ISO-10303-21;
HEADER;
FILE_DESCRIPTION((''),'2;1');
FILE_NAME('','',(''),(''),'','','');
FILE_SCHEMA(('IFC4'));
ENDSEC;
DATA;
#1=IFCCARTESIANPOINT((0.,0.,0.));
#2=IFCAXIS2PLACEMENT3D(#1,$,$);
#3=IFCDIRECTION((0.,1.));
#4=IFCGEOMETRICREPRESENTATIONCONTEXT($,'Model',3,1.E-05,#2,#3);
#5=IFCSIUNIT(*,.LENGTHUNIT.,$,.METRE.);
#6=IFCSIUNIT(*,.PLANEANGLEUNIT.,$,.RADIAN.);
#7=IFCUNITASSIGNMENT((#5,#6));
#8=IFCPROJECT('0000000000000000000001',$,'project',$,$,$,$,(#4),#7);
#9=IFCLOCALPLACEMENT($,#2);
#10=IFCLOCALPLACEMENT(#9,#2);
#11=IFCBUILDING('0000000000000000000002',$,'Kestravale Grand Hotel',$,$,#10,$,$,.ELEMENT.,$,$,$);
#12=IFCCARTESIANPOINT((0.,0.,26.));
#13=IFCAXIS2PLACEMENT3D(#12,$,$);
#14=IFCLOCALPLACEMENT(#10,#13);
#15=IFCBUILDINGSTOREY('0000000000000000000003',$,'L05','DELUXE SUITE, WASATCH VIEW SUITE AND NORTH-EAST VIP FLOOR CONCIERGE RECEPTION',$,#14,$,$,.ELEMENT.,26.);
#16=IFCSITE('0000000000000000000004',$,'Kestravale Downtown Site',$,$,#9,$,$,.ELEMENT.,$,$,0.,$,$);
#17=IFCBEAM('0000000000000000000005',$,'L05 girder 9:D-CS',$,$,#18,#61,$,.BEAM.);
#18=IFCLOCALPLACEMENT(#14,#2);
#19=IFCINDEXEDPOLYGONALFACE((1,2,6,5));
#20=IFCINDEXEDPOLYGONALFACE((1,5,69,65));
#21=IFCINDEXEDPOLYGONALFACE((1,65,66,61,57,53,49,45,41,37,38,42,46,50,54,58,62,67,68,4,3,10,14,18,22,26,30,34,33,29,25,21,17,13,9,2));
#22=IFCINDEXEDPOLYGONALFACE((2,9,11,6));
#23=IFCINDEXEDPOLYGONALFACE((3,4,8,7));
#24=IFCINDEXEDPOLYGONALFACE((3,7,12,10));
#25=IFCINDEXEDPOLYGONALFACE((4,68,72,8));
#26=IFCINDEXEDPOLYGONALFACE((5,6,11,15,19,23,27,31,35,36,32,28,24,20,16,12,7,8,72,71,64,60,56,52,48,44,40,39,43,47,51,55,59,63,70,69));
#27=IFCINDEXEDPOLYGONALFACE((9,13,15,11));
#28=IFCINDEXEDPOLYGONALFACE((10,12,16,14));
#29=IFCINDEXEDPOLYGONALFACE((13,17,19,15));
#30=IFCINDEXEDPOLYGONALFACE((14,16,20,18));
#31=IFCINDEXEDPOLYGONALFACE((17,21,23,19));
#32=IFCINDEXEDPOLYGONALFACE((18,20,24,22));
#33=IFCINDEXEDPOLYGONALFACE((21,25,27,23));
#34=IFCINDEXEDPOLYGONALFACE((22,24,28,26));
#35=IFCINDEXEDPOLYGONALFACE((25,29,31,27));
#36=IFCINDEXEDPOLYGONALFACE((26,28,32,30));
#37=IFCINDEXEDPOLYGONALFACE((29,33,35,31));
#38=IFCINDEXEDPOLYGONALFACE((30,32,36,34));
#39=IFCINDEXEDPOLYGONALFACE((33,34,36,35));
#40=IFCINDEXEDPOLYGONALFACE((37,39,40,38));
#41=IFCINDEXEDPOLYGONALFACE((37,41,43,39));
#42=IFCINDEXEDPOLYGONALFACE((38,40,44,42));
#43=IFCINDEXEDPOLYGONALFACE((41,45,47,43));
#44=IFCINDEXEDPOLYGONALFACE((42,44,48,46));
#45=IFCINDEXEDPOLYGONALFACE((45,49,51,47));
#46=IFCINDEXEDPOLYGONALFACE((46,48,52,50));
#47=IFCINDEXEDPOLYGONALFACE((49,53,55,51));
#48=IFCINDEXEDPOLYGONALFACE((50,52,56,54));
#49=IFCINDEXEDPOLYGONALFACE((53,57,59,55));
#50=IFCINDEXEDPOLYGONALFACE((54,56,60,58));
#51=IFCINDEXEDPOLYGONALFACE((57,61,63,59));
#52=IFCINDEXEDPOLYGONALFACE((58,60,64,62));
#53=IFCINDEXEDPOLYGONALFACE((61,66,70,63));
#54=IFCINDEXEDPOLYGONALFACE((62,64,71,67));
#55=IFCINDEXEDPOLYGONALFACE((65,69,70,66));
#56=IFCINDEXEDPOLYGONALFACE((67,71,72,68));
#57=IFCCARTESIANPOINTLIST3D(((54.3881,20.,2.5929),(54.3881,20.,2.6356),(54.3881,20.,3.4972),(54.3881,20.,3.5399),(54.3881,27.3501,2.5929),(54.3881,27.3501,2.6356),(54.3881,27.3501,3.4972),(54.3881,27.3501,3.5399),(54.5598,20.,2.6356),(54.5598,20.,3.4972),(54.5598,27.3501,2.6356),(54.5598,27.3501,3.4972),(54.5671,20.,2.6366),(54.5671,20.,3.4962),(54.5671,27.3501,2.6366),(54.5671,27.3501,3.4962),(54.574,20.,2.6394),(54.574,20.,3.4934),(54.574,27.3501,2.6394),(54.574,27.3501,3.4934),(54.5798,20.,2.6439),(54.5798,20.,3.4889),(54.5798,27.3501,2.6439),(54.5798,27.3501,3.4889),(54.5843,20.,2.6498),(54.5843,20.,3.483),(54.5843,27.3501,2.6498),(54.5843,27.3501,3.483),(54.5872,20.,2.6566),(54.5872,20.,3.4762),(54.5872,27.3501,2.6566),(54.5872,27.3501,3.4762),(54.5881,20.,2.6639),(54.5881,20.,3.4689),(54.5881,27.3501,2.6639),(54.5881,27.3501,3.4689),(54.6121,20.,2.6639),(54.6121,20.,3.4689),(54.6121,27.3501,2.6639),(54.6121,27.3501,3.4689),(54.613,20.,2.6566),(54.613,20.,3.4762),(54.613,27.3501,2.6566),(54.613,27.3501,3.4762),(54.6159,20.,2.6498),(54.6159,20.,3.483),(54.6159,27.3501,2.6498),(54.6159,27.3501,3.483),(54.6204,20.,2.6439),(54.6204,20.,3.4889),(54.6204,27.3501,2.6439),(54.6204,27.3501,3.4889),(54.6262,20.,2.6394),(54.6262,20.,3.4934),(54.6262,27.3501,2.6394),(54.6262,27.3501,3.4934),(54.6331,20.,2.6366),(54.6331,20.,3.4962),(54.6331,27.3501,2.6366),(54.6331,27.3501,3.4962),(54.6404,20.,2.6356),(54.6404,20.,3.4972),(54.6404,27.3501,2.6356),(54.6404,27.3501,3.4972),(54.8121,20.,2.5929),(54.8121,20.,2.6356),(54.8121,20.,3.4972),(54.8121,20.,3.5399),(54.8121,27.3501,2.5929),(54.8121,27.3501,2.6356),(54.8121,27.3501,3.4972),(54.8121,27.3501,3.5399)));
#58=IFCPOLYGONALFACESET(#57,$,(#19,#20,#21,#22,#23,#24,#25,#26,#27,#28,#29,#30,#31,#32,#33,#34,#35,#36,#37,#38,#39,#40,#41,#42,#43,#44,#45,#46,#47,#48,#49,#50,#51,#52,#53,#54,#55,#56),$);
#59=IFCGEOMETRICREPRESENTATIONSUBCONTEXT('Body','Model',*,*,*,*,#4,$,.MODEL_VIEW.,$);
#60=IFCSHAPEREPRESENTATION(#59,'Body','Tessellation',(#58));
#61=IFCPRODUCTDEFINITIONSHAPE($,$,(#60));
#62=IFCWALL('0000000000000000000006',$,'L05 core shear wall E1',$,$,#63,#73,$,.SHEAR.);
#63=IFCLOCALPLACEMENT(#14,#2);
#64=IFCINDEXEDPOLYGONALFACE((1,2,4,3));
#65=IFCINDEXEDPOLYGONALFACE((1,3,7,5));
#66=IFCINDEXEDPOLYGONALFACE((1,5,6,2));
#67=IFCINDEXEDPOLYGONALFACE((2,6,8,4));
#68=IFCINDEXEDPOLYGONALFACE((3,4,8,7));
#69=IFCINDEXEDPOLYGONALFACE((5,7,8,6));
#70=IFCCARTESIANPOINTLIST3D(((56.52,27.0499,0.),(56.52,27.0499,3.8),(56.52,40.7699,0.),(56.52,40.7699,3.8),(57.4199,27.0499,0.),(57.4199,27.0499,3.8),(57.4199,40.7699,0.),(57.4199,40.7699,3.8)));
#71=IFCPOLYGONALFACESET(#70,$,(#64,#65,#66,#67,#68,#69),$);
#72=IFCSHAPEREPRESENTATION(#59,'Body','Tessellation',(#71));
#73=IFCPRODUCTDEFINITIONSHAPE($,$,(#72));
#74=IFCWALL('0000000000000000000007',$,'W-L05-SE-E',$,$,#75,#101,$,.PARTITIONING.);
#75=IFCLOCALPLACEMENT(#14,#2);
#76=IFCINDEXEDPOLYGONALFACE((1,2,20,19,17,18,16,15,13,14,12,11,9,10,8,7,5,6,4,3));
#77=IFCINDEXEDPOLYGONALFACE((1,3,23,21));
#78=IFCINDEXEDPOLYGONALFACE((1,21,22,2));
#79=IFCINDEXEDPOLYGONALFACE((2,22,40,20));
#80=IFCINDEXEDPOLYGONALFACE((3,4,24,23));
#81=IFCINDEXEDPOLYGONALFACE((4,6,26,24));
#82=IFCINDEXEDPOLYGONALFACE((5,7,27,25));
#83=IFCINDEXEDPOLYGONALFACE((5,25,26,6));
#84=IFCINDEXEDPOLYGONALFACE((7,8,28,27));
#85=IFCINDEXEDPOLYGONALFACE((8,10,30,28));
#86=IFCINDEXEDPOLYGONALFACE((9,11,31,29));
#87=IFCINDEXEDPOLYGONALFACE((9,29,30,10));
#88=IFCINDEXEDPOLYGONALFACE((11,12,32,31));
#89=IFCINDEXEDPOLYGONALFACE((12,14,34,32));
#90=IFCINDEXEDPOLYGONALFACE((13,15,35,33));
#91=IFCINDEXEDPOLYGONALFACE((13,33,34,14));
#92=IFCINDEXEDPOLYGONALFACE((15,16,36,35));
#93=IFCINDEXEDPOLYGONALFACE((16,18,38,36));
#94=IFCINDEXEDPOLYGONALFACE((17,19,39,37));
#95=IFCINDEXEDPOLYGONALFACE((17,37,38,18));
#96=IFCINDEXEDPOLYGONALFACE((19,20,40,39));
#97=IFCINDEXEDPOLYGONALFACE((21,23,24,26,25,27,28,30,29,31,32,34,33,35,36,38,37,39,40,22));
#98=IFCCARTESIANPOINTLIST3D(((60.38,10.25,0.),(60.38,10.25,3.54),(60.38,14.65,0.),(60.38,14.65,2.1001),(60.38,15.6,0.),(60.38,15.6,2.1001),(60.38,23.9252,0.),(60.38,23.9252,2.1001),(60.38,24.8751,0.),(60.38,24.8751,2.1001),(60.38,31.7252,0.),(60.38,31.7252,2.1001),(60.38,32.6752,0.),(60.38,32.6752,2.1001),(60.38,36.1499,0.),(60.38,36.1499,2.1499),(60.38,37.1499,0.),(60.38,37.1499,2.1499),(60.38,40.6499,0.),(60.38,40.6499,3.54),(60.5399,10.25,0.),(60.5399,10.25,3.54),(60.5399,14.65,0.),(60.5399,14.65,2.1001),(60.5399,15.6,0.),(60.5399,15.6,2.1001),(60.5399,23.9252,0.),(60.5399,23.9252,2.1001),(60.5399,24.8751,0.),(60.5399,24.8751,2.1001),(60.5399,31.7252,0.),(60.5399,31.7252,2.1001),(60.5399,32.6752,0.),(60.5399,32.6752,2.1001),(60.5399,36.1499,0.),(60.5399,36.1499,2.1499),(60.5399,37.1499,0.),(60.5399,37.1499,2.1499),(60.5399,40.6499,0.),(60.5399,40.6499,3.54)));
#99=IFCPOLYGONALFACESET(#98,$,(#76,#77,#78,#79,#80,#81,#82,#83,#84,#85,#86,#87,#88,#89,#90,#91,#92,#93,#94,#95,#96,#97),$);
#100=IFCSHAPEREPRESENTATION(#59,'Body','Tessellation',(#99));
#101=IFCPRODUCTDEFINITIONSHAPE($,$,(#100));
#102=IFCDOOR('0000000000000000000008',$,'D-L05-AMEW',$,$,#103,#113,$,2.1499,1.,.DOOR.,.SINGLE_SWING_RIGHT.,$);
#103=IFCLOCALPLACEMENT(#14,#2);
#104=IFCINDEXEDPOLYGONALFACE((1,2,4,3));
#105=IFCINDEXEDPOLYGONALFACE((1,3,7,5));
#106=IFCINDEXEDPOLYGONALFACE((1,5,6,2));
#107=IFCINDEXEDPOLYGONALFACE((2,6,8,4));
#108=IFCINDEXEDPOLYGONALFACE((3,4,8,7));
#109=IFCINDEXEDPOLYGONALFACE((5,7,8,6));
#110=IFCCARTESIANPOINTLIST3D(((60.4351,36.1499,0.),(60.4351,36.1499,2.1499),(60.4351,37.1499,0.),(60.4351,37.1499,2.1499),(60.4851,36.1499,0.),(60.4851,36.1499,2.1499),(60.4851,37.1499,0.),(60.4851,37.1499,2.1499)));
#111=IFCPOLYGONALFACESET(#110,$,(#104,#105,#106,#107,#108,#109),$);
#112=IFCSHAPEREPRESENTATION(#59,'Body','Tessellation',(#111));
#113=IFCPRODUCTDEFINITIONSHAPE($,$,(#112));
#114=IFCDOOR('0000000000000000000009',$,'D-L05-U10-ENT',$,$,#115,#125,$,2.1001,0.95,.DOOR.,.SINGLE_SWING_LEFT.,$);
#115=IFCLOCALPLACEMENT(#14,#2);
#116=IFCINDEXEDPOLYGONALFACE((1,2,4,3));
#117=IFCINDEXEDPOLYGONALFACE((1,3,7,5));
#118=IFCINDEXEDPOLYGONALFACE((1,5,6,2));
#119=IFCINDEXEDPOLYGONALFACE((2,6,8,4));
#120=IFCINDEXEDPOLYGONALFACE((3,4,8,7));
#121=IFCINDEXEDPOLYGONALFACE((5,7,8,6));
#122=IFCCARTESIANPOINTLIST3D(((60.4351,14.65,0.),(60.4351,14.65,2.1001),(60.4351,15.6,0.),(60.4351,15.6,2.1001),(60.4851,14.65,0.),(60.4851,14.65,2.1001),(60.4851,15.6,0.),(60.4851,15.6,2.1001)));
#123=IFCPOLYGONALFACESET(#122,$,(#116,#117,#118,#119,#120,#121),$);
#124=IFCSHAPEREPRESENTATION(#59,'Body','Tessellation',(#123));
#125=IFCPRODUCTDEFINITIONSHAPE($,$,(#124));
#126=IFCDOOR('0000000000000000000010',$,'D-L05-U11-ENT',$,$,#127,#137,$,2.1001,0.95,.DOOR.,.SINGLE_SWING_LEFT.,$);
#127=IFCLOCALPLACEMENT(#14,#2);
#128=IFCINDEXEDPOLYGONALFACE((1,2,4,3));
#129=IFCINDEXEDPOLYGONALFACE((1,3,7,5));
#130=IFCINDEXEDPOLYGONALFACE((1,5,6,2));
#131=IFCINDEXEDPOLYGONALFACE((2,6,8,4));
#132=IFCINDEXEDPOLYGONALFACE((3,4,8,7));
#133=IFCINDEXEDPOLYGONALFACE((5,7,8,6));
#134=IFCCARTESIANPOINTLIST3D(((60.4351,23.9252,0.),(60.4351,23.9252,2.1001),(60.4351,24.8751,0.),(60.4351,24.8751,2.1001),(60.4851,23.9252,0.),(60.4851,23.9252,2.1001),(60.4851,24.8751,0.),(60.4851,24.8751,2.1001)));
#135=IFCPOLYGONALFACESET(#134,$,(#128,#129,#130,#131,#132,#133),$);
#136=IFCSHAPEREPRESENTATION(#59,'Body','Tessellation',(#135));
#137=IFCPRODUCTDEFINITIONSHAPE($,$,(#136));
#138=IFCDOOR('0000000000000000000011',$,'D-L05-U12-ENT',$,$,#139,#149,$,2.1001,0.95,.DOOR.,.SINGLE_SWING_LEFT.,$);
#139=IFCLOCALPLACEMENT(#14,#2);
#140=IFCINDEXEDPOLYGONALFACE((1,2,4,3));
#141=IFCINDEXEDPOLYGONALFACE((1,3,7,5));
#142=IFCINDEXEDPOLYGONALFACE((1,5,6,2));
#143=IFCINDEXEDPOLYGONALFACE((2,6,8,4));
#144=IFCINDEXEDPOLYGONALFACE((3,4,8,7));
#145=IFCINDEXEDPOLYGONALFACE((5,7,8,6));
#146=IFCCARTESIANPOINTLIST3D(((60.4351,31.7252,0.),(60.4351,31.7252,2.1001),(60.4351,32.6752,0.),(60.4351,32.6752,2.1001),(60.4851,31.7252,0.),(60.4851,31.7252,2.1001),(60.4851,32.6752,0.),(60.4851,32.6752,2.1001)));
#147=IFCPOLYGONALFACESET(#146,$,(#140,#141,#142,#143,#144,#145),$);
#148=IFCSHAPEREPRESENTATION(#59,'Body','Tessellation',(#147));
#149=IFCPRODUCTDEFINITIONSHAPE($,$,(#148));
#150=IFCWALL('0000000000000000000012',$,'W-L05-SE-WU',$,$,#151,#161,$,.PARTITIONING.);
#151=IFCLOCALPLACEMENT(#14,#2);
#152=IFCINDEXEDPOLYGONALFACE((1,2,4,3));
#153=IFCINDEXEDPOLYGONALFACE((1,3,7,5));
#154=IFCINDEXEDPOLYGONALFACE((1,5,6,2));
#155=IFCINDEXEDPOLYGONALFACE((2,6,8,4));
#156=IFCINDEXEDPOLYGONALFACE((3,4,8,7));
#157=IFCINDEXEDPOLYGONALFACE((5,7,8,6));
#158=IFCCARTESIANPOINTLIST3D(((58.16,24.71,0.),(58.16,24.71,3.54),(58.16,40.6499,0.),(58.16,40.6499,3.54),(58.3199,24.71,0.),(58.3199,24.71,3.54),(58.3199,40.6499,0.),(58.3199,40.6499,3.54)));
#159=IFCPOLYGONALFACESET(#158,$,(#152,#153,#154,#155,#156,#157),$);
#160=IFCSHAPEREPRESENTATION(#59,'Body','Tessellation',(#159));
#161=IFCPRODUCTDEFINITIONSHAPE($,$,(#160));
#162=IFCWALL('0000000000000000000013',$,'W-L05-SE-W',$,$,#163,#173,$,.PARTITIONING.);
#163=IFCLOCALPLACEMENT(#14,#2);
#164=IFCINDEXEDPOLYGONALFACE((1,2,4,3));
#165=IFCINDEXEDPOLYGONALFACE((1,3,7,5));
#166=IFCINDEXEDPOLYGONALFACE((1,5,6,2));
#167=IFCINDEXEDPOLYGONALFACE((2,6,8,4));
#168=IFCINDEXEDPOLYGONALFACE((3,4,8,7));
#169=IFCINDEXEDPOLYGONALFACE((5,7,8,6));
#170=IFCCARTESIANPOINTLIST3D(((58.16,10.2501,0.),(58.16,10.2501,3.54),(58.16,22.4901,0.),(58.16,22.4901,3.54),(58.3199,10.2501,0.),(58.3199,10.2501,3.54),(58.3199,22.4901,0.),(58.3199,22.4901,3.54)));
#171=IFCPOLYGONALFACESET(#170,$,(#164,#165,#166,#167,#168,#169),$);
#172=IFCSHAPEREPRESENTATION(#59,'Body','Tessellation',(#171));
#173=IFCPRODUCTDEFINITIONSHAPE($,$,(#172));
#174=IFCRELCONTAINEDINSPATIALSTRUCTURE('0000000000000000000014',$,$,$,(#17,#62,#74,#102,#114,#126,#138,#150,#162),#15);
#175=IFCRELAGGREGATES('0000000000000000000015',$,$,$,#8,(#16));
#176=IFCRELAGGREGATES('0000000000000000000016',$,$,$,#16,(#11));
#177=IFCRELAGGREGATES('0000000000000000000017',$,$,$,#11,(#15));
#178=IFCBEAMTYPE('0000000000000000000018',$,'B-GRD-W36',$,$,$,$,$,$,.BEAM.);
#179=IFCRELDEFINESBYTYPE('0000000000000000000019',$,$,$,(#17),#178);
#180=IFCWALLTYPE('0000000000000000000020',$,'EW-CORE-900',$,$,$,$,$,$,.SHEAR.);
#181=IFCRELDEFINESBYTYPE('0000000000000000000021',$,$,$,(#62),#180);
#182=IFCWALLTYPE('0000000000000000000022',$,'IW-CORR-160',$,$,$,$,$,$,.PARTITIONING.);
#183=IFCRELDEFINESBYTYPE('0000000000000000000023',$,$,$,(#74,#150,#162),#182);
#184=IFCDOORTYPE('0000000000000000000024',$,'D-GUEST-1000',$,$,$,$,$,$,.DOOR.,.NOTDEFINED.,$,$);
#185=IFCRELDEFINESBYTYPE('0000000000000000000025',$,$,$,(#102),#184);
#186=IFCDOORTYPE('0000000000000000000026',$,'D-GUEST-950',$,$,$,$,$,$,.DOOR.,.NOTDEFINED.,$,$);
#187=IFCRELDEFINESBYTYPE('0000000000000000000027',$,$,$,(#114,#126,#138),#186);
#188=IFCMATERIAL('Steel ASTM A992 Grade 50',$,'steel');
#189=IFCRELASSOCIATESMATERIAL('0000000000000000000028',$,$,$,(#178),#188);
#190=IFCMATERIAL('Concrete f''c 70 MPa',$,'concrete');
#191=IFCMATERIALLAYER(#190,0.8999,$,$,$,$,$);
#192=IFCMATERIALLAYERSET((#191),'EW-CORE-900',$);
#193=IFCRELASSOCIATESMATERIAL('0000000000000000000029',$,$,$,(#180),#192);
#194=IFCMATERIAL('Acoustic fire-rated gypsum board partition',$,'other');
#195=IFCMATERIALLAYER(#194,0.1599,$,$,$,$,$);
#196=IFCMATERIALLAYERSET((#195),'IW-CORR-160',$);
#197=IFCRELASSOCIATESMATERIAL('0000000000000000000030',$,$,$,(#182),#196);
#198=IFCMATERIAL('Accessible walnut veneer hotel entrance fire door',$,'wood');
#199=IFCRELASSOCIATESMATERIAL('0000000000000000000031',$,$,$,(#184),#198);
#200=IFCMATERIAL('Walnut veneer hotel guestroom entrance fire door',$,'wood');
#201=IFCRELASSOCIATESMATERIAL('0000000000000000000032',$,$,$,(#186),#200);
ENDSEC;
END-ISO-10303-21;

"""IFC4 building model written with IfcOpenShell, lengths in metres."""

from ifc_helpers import new_model, si_unit, direction, frame, frame_2d, origin, origin_2d, place, context, subcontext, project, spatial, rectangle, i_section, extrude, material, layer, layer_set, material_profile, profile_set, type_object, element, fill, save


model = new_model("IFC4")

# Units and contexts
model_context = context("Model", 3, precision=1e-05, world=origin(), true_north=direction((0.0, 1.0)))
body_context = subcontext(model_context, "Body", "Model", "MODEL_VIEW")
ifc_project = project(units=[si_unit("LENGTHUNIT", "METRE"), si_unit("PLANEANGLEUNIT", "RADIAN")], contexts=[model_context])

# Site, building, storey
site_placement = place(None, origin())
site = spatial("IfcSite", under=ifc_project, at=site_placement, Name="Kestravale Downtown Site", CompositionType="ELEMENT", RefElevation=0.0)
building_placement = place(site_placement, origin())
building = spatial("IfcBuilding", under=site, at=building_placement, Name="Kestravale Grand Hotel", CompositionType="ELEMENT")
storey_placement = place(building_placement, frame((0.0, 0.0, 26.0)))
storey = spatial("IfcBuildingStorey", under=building, at=storey_placement, Name="L05", Description="DELUXE SUITE, WASATCH VIEW SUITE AND NORTH-EAST VIP FLOOR CONCIERGE RECEPTION", CompositionType="ELEMENT", Elevation=26.0)

# Beam
ifc_material_1 = material(Name="Steel ASTM A992 Grade 50", Category="steel")
ifc_material_profile_1 = material_profile(ifc_material_1, i_section(OverallWidth=0.4241, OverallDepth=0.947, WebThickness=0.0239, FlangeThickness=0.0427, FilletRadius=0.0283, at=origin_2d()))
ifc_profile_set_1 = profile_set([ifc_material_profile_1], Name="Steel ASTM A992 Grade 50")
beam_type_1 = type_object("IfcBeamType", Name="B-GRD-W36", PredefinedType="BEAM", material=ifc_profile_set_1)
beam_1_placement = place(storey_placement, frame((54.6001, 20.0, 3.0664), z_axis=(0.0, 1.0, 0.0), x_axis=(-1.0, 0.0, 0.0)))
element("IfcBeam", 1, at=beam_1_placement, inside=storey, type_object=beam_type_1, Name="L05 girder 9:D-CS", PredefinedType="BEAM", context=body_context, shape_type="SweptSolid", body=[
    extrude(i_section(OverallWidth=0.4241, OverallDepth=0.947, WebThickness=0.0239, FlangeThickness=0.0427, FilletRadius=0.0283, at=origin_2d()), origin(), (0.0, 0.0, 1.0), 7.3501),
])

# Wall
ifc_material_2 = material(Name="Concrete f'c 70 MPa", Category="concrete")
ifc_layer_1 = layer(ifc_material_2, 0.8999)
ifc_layer_set_1 = layer_set([ifc_layer_1], Name="EW-CORE-900")
wall_type_1 = type_object("IfcWallType", Name="EW-CORE-900", PredefinedType="SHEAR", material=ifc_layer_set_1)
wall_1_placement = place(storey_placement, frame((56.97, 27.05, 0.0), z_axis=(0.0, 0.0, 1.0), x_axis=(0.0, 1.0, 0.0)))
element("IfcWall", 2, at=wall_1_placement, inside=storey, type_object=wall_type_1, Name="L05 core shear wall E1", PredefinedType="SHEAR", context=body_context, shape_type="SweptSolid", body=[
    extrude(rectangle(XDim=13.72, YDim=0.8999, at=frame_2d((6.8599, 0.0))), origin(), (0.0, 0.0, 1.0), 3.8),
])

# Wall, openings, doors
ifc_material_3 = material(Name="Acoustic fire-rated gypsum board partition", Category="other")
ifc_layer_2 = layer(ifc_material_3, 0.1599)
ifc_layer_set_2 = layer_set([ifc_layer_2], Name="IW-CORR-160")
wall_type_2 = type_object("IfcWallType", Name="IW-CORR-160", PredefinedType="PARTITIONING", material=ifc_layer_set_2)
wall_2_placement = place(storey_placement, frame((60.46, 10.25, 0.0), z_axis=(0.0, 0.0, 1.0), x_axis=(0.0, 1.0, 0.0)))
wall_2 = element("IfcWall", 3, at=wall_2_placement, inside=storey, type_object=wall_type_2, Name="W-L05-SE-E", PredefinedType="PARTITIONING", context=body_context, shape_type="SweptSolid", body=[
    extrude(rectangle(XDim=30.3999, YDim=0.1599, at=frame_2d((15.2, 0.0))), origin(), (0.0, 0.0, 1.0), 3.54),
])
opening_1_placement = place(wall_2_placement, frame((4.3999, 0.0, 0.0)))
opening_1 = element("IfcOpeningElement", 4, at=opening_1_placement, cuts=wall_2, PredefinedType="OPENING", context=body_context, shape_type="SweptSolid", body=[
    extrude(rectangle(XDim=0.95, YDim=2.1001, at=frame_2d((0.4751, 1.05))), frame((0.0, 0.0898, 0.0), z_axis=(0.0, -1.0, 0.0), x_axis=(1.0, 0.0, 0.0)), (0.0, 0.0, 1.0), 0.1799),
])
opening_2_placement = place(wall_2_placement, frame((13.675, 0.0, 0.0)))
opening_2 = element("IfcOpeningElement", 5, at=opening_2_placement, cuts=wall_2, PredefinedType="OPENING", context=body_context, shape_type="SweptSolid", body=[
    extrude(rectangle(XDim=0.95, YDim=2.1001, at=frame_2d((0.4751, 1.05))), frame((0.0, 0.0898, 0.0), z_axis=(0.0, -1.0, 0.0), x_axis=(1.0, 0.0, 0.0)), (0.0, 0.0, 1.0), 0.1799),
])
opening_3_placement = place(wall_2_placement, frame((21.4751, 0.0, 0.0)))
opening_3 = element("IfcOpeningElement", 6, at=opening_3_placement, cuts=wall_2, PredefinedType="OPENING", context=body_context, shape_type="SweptSolid", body=[
    extrude(rectangle(XDim=0.95, YDim=2.1001, at=frame_2d((0.4751, 1.05))), frame((0.0, 0.0898, 0.0), z_axis=(0.0, -1.0, 0.0), x_axis=(1.0, 0.0, 0.0)), (0.0, 0.0, 1.0), 0.1799),
])
opening_4_placement = place(wall_2_placement, frame((25.8999, 0.0, 0.0)))
opening_4 = element("IfcOpeningElement", 7, at=opening_4_placement, cuts=wall_2, PredefinedType="OPENING", context=body_context, shape_type="SweptSolid", body=[
    extrude(rectangle(XDim=1.0, YDim=2.1499, at=frame_2d((0.5, 1.075))), frame((0.0, 0.0898, 0.0), z_axis=(0.0, -1.0, 0.0), x_axis=(1.0, 0.0, 0.0)), (0.0, 0.0, 1.0), 0.1799),
])
ifc_material_4 = material(Name="Accessible walnut veneer hotel entrance fire door", Category="wood")
door_type_1 = type_object("IfcDoorType", Name="D-GUEST-1000", OperationType="NOTDEFINED", PredefinedType="DOOR", material=ifc_material_4)
door_1_placement = place(opening_4_placement, origin())
door_1 = element("IfcDoor", 8, at=door_1_placement, inside=storey, type_object=door_type_1, Name="D-L05-AMEW", OperationType="SINGLE_SWING_RIGHT", OverallHeight=2.1499, OverallWidth=1.0, PredefinedType="DOOR", context=body_context, shape_type="SweptSolid", body=[
    extrude(rectangle(XDim=1.0, YDim=2.1499, at=frame_2d((0.5, 1.075))), frame((0.0, 0.0249, 0.0), z_axis=(0.0, -1.0, 0.0), x_axis=(1.0, 0.0, 0.0)), (0.0, 0.0, 1.0), 0.05),
])
fill(opening_4, door_1)
ifc_material_5 = material(Name="Walnut veneer hotel guestroom entrance fire door", Category="wood")
door_type_2 = type_object("IfcDoorType", Name="D-GUEST-950", OperationType="NOTDEFINED", PredefinedType="DOOR", material=ifc_material_5)
door_2_placement = place(opening_1_placement, origin())
door_2 = element("IfcDoor", 9, at=door_2_placement, inside=storey, type_object=door_type_2, Name="D-L05-U10-ENT", OperationType="SINGLE_SWING_LEFT", OverallHeight=2.1001, OverallWidth=0.95, PredefinedType="DOOR", context=body_context, shape_type="SweptSolid", body=[
    extrude(rectangle(XDim=0.95, YDim=2.1001, at=frame_2d((0.4751, 1.05))), frame((0.0, 0.0249, 0.0), z_axis=(0.0, -1.0, 0.0), x_axis=(1.0, 0.0, 0.0)), (0.0, 0.0, 1.0), 0.05),
])
fill(opening_1, door_2)
door_3_placement = place(opening_2_placement, origin())
door_3 = element("IfcDoor", 10, at=door_3_placement, inside=storey, type_object=door_type_2, Name="D-L05-U11-ENT", OperationType="SINGLE_SWING_LEFT", OverallHeight=2.1001, OverallWidth=0.95, PredefinedType="DOOR", context=body_context, shape_type="SweptSolid", body=[
    extrude(rectangle(XDim=0.95, YDim=2.1001, at=frame_2d((0.4751, 1.05))), frame((0.0, 0.0249, 0.0), z_axis=(0.0, -1.0, 0.0), x_axis=(1.0, 0.0, 0.0)), (0.0, 0.0, 1.0), 0.05),
])
fill(opening_2, door_3)
door_4_placement = place(opening_3_placement, origin())
door_4 = element("IfcDoor", 11, at=door_4_placement, inside=storey, type_object=door_type_2, Name="D-L05-U12-ENT", OperationType="SINGLE_SWING_LEFT", OverallHeight=2.1001, OverallWidth=0.95, PredefinedType="DOOR", context=body_context, shape_type="SweptSolid", body=[
    extrude(rectangle(XDim=0.95, YDim=2.1001, at=frame_2d((0.4751, 1.05))), frame((0.0, 0.0249, 0.0), z_axis=(0.0, -1.0, 0.0), x_axis=(1.0, 0.0, 0.0)), (0.0, 0.0, 1.0), 0.05),
])
fill(opening_3, door_4)

# Walls
wall_3_placement = place(storey_placement, frame((58.24, 24.71, 0.0), z_axis=(0.0, 0.0, 1.0), x_axis=(0.0, 1.0, 0.0)))
element("IfcWall", 12, at=wall_3_placement, inside=storey, type_object=wall_type_2, Name="W-L05-SE-WU", PredefinedType="PARTITIONING", context=body_context, shape_type="SweptSolid", body=[
    extrude(rectangle(XDim=15.9399, YDim=0.1599, at=frame_2d((7.97, 0.0))), origin(), (0.0, 0.0, 1.0), 3.54),
])
wall_4_placement = place(storey_placement, frame((58.24, 10.25, 0.0), z_axis=(0.0, 0.0, 1.0), x_axis=(0.0, 1.0, 0.0)))
element("IfcWall", 13, at=wall_4_placement, inside=storey, type_object=wall_type_2, Name="W-L05-SE-W", PredefinedType="PARTITIONING", context=body_context, shape_type="SweptSolid", body=[
    extrude(rectangle(XDim=12.24, YDim=0.1599, at=frame_2d((6.1201, 0.0))), origin(), (0.0, 0.0, 1.0), 3.54),
])

save(model, "model.ifc")
